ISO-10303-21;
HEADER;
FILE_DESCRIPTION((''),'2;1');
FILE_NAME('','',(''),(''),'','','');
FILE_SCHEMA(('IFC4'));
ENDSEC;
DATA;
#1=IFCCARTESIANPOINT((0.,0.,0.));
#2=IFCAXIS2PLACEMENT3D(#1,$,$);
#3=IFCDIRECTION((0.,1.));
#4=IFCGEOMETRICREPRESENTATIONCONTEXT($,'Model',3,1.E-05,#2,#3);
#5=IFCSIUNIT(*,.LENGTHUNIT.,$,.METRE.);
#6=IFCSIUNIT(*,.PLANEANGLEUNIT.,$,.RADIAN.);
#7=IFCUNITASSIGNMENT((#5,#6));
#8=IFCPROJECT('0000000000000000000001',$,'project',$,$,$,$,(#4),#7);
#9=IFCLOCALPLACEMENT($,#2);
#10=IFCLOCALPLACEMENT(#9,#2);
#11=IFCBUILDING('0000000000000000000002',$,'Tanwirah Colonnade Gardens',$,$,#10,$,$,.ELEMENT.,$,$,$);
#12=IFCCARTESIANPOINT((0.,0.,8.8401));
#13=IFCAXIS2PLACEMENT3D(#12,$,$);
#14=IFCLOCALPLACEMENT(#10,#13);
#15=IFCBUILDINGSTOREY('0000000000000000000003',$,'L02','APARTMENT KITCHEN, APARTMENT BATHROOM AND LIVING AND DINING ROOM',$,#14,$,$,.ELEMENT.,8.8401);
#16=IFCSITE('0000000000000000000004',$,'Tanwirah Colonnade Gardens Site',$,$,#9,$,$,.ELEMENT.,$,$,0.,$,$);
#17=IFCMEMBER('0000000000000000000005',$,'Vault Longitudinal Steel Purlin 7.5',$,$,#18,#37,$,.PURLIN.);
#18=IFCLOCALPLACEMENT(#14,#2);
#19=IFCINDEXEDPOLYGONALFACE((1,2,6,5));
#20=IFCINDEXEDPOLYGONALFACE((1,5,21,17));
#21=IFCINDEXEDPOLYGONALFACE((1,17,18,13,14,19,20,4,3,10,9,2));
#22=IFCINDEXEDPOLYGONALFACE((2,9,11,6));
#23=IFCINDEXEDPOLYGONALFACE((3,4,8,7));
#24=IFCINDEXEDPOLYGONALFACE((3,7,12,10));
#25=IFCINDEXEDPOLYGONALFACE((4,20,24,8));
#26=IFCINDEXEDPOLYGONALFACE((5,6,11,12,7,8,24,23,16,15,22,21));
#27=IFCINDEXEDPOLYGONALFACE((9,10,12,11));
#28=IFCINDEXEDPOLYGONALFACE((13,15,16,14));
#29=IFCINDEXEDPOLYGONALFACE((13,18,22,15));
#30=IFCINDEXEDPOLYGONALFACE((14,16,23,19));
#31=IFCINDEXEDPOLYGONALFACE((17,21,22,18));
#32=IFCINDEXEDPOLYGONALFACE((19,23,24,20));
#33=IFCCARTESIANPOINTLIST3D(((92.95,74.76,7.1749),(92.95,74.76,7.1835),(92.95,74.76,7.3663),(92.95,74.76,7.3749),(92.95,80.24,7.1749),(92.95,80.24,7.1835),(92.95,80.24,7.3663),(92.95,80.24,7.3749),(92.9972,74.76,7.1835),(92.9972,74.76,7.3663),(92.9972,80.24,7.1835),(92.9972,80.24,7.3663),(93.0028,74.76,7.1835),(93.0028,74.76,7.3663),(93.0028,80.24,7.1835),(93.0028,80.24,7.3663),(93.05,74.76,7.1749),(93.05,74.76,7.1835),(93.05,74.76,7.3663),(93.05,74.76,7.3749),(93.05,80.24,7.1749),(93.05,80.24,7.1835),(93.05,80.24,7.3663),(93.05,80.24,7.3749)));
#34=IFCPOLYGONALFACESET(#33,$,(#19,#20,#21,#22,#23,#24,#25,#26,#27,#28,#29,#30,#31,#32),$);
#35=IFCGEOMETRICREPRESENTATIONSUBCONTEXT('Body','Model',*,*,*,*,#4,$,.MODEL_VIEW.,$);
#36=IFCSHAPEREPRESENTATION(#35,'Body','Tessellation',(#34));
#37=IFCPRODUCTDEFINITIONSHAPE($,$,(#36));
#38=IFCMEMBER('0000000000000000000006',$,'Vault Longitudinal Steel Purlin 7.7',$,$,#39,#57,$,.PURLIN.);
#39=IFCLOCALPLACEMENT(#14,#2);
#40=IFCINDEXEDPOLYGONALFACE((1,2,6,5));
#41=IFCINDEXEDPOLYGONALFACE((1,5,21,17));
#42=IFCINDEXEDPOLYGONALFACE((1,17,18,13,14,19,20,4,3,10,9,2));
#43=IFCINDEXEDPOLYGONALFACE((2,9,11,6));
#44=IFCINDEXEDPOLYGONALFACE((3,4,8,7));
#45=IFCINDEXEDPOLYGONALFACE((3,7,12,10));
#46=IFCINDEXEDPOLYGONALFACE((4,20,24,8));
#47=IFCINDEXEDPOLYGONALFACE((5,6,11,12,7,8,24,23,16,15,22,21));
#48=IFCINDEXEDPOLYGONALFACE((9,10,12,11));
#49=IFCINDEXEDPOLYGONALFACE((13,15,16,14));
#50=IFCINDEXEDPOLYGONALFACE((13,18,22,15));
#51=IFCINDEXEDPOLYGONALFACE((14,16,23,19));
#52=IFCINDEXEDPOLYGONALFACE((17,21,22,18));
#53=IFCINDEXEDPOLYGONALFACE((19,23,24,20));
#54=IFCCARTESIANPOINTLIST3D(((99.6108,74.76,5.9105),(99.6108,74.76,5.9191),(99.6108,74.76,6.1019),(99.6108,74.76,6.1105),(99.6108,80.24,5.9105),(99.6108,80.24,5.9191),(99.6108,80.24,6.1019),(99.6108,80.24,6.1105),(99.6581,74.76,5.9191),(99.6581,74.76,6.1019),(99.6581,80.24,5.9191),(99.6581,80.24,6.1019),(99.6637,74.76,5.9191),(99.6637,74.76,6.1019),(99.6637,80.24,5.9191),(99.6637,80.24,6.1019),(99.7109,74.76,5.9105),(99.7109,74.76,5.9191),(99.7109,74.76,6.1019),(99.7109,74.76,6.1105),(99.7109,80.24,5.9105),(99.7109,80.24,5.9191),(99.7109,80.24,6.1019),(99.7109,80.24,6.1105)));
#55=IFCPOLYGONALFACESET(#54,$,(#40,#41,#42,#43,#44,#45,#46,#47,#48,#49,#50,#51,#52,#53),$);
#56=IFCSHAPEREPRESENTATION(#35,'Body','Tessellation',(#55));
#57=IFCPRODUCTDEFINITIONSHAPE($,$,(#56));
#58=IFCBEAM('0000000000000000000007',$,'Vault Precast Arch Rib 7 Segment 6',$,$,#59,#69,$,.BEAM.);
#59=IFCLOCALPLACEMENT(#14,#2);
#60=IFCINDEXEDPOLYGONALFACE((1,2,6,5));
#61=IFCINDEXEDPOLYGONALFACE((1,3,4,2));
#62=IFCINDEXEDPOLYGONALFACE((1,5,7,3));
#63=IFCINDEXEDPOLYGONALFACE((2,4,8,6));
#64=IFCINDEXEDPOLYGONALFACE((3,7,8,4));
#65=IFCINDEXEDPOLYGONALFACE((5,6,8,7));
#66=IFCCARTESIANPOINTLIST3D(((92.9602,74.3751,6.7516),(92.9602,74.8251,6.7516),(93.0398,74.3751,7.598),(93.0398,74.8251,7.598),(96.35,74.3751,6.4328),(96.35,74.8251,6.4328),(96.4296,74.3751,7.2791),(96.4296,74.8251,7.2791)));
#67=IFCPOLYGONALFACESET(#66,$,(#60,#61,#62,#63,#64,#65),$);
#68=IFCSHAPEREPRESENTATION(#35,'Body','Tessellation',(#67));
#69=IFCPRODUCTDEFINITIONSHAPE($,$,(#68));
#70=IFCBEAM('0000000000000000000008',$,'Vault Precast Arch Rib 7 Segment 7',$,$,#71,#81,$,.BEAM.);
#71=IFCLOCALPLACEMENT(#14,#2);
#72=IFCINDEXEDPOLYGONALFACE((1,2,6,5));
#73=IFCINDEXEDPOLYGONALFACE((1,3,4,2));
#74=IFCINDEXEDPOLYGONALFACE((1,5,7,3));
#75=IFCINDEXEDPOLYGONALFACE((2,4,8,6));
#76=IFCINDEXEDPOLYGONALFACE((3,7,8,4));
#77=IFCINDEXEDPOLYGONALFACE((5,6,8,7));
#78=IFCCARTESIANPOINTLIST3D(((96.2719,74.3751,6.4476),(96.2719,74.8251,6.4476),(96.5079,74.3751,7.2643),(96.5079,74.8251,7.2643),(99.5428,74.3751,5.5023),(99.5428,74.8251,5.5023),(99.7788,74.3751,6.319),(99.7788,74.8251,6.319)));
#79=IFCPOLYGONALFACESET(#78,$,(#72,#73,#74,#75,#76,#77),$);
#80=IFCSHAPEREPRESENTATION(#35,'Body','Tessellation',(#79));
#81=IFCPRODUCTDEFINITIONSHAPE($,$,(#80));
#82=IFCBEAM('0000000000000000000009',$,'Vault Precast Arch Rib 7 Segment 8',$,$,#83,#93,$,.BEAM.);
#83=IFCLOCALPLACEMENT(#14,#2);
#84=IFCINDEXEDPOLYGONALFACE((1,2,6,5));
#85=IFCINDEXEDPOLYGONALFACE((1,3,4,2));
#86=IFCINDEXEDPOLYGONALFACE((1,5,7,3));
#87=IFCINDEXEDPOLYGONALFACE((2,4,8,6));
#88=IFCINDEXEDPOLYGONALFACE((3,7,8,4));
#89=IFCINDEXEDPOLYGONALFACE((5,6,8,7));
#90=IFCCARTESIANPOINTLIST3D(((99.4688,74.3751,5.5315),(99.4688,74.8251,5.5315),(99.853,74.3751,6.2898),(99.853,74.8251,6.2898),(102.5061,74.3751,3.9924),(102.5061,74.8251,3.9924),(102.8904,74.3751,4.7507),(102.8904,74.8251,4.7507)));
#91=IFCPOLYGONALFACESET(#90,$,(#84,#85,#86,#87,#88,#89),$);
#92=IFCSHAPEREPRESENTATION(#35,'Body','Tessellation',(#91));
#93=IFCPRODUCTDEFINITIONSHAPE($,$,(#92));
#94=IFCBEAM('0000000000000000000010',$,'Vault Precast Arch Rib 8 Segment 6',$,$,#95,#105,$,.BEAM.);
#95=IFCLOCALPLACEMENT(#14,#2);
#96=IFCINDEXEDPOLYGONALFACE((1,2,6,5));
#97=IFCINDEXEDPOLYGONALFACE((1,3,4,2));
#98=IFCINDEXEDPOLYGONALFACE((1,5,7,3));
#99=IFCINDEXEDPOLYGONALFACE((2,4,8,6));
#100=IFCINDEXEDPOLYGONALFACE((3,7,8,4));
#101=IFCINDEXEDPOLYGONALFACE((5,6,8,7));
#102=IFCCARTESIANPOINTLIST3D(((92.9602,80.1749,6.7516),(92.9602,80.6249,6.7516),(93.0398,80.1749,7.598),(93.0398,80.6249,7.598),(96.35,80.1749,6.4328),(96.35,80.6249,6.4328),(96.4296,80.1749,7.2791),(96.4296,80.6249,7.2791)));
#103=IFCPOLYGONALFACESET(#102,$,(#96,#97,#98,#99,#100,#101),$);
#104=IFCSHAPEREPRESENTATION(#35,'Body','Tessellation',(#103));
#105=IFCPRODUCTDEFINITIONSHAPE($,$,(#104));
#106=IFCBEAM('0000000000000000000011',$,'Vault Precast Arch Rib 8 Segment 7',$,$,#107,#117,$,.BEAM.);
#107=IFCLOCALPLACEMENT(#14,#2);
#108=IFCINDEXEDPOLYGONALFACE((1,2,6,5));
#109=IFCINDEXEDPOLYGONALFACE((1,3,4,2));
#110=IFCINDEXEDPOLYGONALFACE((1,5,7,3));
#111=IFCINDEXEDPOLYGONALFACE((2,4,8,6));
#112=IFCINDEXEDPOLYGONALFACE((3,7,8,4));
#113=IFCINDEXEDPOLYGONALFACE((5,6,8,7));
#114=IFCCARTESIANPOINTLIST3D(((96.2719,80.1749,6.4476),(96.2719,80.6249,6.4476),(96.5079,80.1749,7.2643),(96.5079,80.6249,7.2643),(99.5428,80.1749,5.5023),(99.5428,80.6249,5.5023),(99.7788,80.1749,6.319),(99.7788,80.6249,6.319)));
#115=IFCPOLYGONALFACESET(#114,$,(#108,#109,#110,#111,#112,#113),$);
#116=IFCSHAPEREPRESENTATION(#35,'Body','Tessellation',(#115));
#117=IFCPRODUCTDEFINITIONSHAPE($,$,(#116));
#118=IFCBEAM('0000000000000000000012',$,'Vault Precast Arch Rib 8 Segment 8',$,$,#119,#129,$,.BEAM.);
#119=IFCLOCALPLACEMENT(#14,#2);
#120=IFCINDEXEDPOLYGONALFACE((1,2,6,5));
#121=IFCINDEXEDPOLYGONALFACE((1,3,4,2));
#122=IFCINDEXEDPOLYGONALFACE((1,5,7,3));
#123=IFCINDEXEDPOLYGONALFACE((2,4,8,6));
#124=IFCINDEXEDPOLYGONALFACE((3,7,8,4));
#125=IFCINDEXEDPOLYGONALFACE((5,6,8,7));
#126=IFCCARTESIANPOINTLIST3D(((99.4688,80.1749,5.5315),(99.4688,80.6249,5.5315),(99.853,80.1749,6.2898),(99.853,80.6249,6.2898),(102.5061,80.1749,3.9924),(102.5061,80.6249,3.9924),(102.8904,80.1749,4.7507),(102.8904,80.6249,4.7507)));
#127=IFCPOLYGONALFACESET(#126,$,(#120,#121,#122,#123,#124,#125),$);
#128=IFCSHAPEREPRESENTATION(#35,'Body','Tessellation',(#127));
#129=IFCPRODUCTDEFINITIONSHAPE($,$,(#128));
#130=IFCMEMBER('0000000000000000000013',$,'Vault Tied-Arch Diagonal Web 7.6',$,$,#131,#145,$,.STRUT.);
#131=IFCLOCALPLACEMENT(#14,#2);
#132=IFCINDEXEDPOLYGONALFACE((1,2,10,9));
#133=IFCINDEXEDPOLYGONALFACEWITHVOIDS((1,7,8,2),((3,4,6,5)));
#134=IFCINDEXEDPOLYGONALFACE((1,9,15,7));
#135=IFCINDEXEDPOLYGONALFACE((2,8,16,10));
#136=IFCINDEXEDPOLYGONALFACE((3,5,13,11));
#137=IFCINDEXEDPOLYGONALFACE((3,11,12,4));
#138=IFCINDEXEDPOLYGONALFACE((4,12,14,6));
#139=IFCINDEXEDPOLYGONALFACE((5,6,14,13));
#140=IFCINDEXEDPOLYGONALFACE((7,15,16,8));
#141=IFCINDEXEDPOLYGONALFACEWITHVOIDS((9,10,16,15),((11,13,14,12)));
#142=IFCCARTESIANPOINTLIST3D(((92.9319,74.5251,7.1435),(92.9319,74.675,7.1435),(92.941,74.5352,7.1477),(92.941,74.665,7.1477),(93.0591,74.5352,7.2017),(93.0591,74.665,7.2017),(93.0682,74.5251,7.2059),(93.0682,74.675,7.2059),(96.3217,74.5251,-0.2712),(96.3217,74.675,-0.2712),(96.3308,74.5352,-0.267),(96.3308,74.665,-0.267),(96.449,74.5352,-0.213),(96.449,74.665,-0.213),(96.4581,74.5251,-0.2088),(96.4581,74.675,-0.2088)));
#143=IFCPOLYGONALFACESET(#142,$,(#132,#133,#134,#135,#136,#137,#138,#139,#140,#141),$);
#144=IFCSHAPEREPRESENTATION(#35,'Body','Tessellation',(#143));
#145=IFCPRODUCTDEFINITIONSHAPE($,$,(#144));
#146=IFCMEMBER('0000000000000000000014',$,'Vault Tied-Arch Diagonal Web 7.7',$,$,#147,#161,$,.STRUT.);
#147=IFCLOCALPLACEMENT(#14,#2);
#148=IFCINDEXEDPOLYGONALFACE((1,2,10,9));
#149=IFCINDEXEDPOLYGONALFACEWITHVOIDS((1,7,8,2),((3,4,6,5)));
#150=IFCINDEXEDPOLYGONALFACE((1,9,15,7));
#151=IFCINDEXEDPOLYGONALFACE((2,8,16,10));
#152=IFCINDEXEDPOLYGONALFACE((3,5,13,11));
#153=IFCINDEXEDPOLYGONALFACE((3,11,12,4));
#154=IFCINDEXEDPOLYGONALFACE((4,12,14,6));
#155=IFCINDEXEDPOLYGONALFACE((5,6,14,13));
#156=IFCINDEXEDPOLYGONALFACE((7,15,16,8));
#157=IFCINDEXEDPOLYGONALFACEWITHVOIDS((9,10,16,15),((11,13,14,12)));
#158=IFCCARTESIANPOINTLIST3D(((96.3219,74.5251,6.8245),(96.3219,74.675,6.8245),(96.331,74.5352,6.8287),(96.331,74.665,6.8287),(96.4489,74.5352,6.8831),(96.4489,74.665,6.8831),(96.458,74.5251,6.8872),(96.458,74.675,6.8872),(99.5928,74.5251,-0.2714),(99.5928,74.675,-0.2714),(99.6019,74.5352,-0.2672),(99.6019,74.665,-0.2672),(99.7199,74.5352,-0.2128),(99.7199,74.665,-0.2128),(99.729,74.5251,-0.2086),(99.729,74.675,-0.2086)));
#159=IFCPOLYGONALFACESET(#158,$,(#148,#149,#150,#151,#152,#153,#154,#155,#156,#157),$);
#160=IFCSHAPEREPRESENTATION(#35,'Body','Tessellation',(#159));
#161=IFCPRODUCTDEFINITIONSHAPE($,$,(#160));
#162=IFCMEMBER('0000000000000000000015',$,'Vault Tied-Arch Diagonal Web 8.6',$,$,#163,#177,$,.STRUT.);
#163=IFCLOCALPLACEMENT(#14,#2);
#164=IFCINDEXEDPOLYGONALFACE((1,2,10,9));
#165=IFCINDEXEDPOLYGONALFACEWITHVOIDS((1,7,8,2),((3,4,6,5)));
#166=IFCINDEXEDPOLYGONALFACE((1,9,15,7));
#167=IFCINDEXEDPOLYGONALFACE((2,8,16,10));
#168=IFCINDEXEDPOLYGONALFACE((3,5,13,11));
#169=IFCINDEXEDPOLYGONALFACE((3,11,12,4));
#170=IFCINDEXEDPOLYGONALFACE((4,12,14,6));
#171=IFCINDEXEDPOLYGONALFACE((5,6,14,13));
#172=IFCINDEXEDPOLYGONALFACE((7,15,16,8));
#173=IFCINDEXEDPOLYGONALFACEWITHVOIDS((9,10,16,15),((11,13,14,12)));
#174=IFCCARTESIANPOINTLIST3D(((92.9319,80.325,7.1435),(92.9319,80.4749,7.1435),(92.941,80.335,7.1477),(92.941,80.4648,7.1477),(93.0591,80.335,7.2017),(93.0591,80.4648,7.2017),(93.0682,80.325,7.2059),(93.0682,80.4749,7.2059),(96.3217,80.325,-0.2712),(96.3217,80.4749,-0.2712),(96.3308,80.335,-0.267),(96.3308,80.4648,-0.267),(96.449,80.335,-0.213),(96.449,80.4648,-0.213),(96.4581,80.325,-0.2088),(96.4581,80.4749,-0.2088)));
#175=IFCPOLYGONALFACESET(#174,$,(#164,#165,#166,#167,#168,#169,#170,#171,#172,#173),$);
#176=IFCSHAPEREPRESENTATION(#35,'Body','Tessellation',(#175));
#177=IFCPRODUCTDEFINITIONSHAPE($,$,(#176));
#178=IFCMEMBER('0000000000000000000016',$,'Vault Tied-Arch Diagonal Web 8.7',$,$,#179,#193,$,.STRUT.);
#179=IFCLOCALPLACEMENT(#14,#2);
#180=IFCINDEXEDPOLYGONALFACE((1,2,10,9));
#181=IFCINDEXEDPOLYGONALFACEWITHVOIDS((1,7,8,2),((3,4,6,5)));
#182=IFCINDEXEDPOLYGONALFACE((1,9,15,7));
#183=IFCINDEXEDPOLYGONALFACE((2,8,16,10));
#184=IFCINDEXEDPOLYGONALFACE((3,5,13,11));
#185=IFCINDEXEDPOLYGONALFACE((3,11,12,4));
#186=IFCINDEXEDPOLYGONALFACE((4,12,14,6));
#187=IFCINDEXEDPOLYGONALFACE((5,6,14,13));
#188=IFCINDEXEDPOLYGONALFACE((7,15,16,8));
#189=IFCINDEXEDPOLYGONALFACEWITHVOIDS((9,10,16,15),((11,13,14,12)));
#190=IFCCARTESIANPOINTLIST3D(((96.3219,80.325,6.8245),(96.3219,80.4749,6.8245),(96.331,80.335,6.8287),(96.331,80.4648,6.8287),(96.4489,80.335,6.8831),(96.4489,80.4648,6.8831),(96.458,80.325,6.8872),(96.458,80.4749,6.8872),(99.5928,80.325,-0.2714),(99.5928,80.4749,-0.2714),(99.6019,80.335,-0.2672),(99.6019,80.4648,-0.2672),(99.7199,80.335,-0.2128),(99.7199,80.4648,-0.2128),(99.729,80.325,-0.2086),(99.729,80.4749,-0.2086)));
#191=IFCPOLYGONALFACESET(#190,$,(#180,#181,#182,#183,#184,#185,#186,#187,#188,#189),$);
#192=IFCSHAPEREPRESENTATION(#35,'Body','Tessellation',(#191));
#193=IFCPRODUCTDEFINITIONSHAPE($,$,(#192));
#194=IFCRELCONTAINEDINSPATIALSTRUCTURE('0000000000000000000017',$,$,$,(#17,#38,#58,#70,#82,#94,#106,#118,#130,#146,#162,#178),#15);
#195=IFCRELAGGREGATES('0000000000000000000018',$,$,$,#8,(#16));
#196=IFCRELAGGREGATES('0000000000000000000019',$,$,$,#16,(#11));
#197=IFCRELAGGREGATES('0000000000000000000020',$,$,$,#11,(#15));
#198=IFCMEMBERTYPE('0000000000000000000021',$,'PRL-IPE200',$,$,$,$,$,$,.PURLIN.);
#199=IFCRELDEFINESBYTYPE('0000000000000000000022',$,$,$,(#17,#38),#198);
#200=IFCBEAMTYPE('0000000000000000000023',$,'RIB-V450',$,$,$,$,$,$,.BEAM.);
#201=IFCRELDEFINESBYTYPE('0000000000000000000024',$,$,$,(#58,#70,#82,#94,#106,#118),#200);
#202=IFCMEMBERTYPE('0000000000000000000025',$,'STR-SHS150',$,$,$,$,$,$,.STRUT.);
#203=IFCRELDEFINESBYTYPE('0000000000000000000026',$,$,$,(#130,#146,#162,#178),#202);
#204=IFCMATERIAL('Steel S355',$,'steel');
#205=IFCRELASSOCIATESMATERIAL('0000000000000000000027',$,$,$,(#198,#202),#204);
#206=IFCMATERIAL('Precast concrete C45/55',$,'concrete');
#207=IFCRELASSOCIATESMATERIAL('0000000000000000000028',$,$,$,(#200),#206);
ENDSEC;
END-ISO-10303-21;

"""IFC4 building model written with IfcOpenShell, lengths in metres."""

from ifc_helpers import new_model, si_unit, direction, frame, origin, origin_2d, place, context, subcontext, project, spatial, rectangle, hollow_rectangle, i_section, extrude, material, material_profile, profile_set, type_object, element, save


model = new_model("IFC4")

# Units and contexts
model_context = context("Model", 3, precision=1e-05, world=origin(), true_north=direction((0.0, 1.0)))
body_context = subcontext(model_context, "Body", "Model", "MODEL_VIEW")
ifc_project = project(units=[si_unit("LENGTHUNIT", "METRE"), si_unit("PLANEANGLEUNIT", "RADIAN")], contexts=[model_context])

# Site, building, storey
site_placement = place(None, origin())
site = spatial("IfcSite", under=ifc_project, at=site_placement, Name="Tanwirah Colonnade Gardens Site", CompositionType="ELEMENT", RefElevation=0.0)
building_placement = place(site_placement, origin())
building = spatial("IfcBuilding", under=site, at=building_placement, Name="Tanwirah Colonnade Gardens", CompositionType="ELEMENT")
storey_placement = place(building_placement, frame((0.0, 0.0, 8.8401)))
storey = spatial("IfcBuildingStorey", under=building, at=storey_placement, Name="L02", Description="APARTMENT KITCHEN, APARTMENT BATHROOM AND LIVING AND DINING ROOM", CompositionType="ELEMENT", Elevation=8.8401)

# Shared definitions
ifc_material_1 = material(Name="Steel S355", Category="steel")

# Members
ifc_material_profile_1 = material_profile(ifc_material_1, i_section(OverallWidth=0.1001, OverallDepth=0.2, WebThickness=0.0056, FlangeThickness=0.0085, at=origin_2d()), Name="IPE 200")
ifc_profile_set_1 = profile_set([ifc_material_profile_1], Name="Steel S355")
member_type_1 = type_object("IfcMemberType", Name="PRL-IPE200", PredefinedType="PURLIN", material=ifc_profile_set_1)
for number, where, z_axis, x_axis, name in (
    (1, (93.0, 74.76, 7.2749), (0.0, 1.0, 0.0), (-1.0, 0.0, 0.0), "Vault Longitudinal Steel Purlin 7.5"),
    (2, (99.6609, 74.76, 6.0105), (0.0, 1.0, 0.0), (-1.0, 0.0, 0.0), "Vault Longitudinal Steel Purlin 7.7"),
):
    element("IfcMember", number, at=place(storey_placement, frame(where, z_axis=z_axis, x_axis=x_axis)), inside=storey, type_object=member_type_1, Name=name, PredefinedType="PURLIN", context=body_context, shape_type="SweptSolid", body=[
        extrude(i_section(OverallWidth=0.1001, OverallDepth=0.2, WebThickness=0.0056, FlangeThickness=0.0085, at=origin_2d()), origin(), (0.0, 0.0, 1.0), 5.48),
    ])

# Beams
ifc_material_2 = material(Name="Precast concrete C45/55", Category="concrete")
ifc_material_profile_2 = material_profile(ifc_material_2, rectangle(XDim=0.45, YDim=0.8501, at=origin_2d()), Name="PC-RIB 450x850")
ifc_profile_set_2 = profile_set([ifc_material_profile_2], Name="Precast concrete C45/55")
beam_type = type_object("IfcBeamType", Name="RIB-V450", PredefinedType="BEAM", material=ifc_profile_set_2)
for number, where, z_axis, x_axis, name in (
    (3, (93.0, 74.6001, 7.1748), (0.995606, 0.0, -0.093645), (0.0, 1.0, 0.0), "Vault Precast Arch Rib 7 Segment 6"),
    (4, (96.3899, 74.6001, 6.856), (0.960686, 0.0, -0.277637), (0.0, 1.0, 0.0), "Vault Precast Arch Rib 7 Segment 7"),
):
    element("IfcBeam", number, at=place(storey_placement, frame(where, z_axis=z_axis, x_axis=x_axis)), inside=storey, type_object=beam_type, Name=name, PredefinedType="BEAM", context=body_context, shape_type="SweptSolid", body=[
        extrude(rectangle(XDim=0.45, YDim=0.8501, at=origin_2d()), origin(), (0.0, 0.0, 1.0), 3.4048),
    ])
beam_1_placement = place(storey_placement, frame((99.6609, 74.6001, 5.9106), z_axis=(0.89202, 0.0, -0.451997), x_axis=(0.0, 1.0, 0.0)))
element("IfcBeam", 5, at=beam_1_placement, inside=storey, type_object=beam_type, Name="Vault Precast Arch Rib 7 Segment 8", PredefinedType="BEAM", context=body_context, shape_type="SweptSolid", body=[
    extrude(rectangle(XDim=0.45, YDim=0.8501, at=origin_2d()), origin(), (0.0, 0.0, 1.0), 3.405),
])
for number, where, z_axis, x_axis, name in (
    (6, (93.0, 80.3999, 7.1748), (0.995606, 0.0, -0.093645), (0.0, 1.0, 0.0), "Vault Precast Arch Rib 8 Segment 6"),
    (7, (96.3899, 80.3999, 6.856), (0.960686, 0.0, -0.277637), (0.0, 1.0, 0.0), "Vault Precast Arch Rib 8 Segment 7"),
):
    element("IfcBeam", number, at=place(storey_placement, frame(where, z_axis=z_axis, x_axis=x_axis)), inside=storey, type_object=beam_type, Name=name, PredefinedType="BEAM", context=body_context, shape_type="SweptSolid", body=[
        extrude(rectangle(XDim=0.45, YDim=0.8501, at=origin_2d()), origin(), (0.0, 0.0, 1.0), 3.4048),
    ])
beam_2_placement = place(storey_placement, frame((99.6609, 80.3999, 5.9106), z_axis=(0.89202, 0.0, -0.451997), x_axis=(0.0, 1.0, 0.0)))
element("IfcBeam", 8, at=beam_2_placement, inside=storey, type_object=beam_type, Name="Vault Precast Arch Rib 8 Segment 8", PredefinedType="BEAM", context=body_context, shape_type="SweptSolid", body=[
    extrude(rectangle(XDim=0.45, YDim=0.8501, at=origin_2d()), origin(), (0.0, 0.0, 1.0), 3.405),
])

# Members
ifc_material_profile_3 = material_profile(ifc_material_1, hollow_rectangle(XDim=0.1499, YDim=0.1499, WallThickness=0.01, at=origin_2d()), Name="SHS 150x150x10")
ifc_profile_set_3 = profile_set([ifc_material_profile_3], Name="Steel S355")
member_type_2 = type_object("IfcMemberType", Name="STR-SHS150", PredefinedType="STRUT", material=ifc_profile_set_3)
member_1_placement = place(storey_placement, frame((96.3899, 74.6001, -0.24), z_axis=(-0.415787, 0.0, 0.909462), x_axis=(0.0, -1.0, 0.0)))
element("IfcMember", 9, at=member_1_placement, inside=storey, type_object=member_type_2, Name="Vault Tied-Arch Diagonal Web 7.6", PredefinedType="STRUT", context=body_context, shape_type="SweptSolid", body=[
    extrude(hollow_rectangle(XDim=0.1499, YDim=0.1499, WallThickness=0.01, at=origin_2d()), origin(), (0.0, 0.0, 1.0), 8.1528),
])
member_2_placement = place(storey_placement, frame((99.6609, 74.6001, -0.24), z_axis=(-0.41863, 0.0, 0.908157), x_axis=(0.0, -1.0, 0.0)))
element("IfcMember", 10, at=member_2_placement, inside=storey, type_object=member_type_2, Name="Vault Tied-Arch Diagonal Web 7.7", PredefinedType="STRUT", context=body_context, shape_type="SweptSolid", body=[
    extrude(hollow_rectangle(XDim=0.1499, YDim=0.1499, WallThickness=0.01, at=origin_2d()), origin(), (0.0, 0.0, 1.0), 7.8135),
])
member_3_placement = place(storey_placement, frame((96.3899, 80.3999, -0.24), z_axis=(-0.415787, 0.0, 0.909462), x_axis=(0.0, -1.0, 0.0)))
element("IfcMember", 11, at=member_3_placement, inside=storey, type_object=member_type_2, Name="Vault Tied-Arch Diagonal Web 8.6", PredefinedType="STRUT", context=body_context, shape_type="SweptSolid", body=[
    extrude(hollow_rectangle(XDim=0.1499, YDim=0.1499, WallThickness=0.01, at=origin_2d()), origin(), (0.0, 0.0, 1.0), 8.1528),
])
member_4_placement = place(storey_placement, frame((99.6609, 80.3999, -0.24), z_axis=(-0.41863, 0.0, 0.908157), x_axis=(0.0, -1.0, 0.0)))
element("IfcMember", 12, at=member_4_placement, inside=storey, type_object=member_type_2, Name="Vault Tied-Arch Diagonal Web 8.7", PredefinedType="STRUT", context=body_context, shape_type="SweptSolid", body=[
    extrude(hollow_rectangle(XDim=0.1499, YDim=0.1499, WallThickness=0.01, at=origin_2d()), origin(), (0.0, 0.0, 1.0), 7.8135),
])

save(model, "model.ifc")
